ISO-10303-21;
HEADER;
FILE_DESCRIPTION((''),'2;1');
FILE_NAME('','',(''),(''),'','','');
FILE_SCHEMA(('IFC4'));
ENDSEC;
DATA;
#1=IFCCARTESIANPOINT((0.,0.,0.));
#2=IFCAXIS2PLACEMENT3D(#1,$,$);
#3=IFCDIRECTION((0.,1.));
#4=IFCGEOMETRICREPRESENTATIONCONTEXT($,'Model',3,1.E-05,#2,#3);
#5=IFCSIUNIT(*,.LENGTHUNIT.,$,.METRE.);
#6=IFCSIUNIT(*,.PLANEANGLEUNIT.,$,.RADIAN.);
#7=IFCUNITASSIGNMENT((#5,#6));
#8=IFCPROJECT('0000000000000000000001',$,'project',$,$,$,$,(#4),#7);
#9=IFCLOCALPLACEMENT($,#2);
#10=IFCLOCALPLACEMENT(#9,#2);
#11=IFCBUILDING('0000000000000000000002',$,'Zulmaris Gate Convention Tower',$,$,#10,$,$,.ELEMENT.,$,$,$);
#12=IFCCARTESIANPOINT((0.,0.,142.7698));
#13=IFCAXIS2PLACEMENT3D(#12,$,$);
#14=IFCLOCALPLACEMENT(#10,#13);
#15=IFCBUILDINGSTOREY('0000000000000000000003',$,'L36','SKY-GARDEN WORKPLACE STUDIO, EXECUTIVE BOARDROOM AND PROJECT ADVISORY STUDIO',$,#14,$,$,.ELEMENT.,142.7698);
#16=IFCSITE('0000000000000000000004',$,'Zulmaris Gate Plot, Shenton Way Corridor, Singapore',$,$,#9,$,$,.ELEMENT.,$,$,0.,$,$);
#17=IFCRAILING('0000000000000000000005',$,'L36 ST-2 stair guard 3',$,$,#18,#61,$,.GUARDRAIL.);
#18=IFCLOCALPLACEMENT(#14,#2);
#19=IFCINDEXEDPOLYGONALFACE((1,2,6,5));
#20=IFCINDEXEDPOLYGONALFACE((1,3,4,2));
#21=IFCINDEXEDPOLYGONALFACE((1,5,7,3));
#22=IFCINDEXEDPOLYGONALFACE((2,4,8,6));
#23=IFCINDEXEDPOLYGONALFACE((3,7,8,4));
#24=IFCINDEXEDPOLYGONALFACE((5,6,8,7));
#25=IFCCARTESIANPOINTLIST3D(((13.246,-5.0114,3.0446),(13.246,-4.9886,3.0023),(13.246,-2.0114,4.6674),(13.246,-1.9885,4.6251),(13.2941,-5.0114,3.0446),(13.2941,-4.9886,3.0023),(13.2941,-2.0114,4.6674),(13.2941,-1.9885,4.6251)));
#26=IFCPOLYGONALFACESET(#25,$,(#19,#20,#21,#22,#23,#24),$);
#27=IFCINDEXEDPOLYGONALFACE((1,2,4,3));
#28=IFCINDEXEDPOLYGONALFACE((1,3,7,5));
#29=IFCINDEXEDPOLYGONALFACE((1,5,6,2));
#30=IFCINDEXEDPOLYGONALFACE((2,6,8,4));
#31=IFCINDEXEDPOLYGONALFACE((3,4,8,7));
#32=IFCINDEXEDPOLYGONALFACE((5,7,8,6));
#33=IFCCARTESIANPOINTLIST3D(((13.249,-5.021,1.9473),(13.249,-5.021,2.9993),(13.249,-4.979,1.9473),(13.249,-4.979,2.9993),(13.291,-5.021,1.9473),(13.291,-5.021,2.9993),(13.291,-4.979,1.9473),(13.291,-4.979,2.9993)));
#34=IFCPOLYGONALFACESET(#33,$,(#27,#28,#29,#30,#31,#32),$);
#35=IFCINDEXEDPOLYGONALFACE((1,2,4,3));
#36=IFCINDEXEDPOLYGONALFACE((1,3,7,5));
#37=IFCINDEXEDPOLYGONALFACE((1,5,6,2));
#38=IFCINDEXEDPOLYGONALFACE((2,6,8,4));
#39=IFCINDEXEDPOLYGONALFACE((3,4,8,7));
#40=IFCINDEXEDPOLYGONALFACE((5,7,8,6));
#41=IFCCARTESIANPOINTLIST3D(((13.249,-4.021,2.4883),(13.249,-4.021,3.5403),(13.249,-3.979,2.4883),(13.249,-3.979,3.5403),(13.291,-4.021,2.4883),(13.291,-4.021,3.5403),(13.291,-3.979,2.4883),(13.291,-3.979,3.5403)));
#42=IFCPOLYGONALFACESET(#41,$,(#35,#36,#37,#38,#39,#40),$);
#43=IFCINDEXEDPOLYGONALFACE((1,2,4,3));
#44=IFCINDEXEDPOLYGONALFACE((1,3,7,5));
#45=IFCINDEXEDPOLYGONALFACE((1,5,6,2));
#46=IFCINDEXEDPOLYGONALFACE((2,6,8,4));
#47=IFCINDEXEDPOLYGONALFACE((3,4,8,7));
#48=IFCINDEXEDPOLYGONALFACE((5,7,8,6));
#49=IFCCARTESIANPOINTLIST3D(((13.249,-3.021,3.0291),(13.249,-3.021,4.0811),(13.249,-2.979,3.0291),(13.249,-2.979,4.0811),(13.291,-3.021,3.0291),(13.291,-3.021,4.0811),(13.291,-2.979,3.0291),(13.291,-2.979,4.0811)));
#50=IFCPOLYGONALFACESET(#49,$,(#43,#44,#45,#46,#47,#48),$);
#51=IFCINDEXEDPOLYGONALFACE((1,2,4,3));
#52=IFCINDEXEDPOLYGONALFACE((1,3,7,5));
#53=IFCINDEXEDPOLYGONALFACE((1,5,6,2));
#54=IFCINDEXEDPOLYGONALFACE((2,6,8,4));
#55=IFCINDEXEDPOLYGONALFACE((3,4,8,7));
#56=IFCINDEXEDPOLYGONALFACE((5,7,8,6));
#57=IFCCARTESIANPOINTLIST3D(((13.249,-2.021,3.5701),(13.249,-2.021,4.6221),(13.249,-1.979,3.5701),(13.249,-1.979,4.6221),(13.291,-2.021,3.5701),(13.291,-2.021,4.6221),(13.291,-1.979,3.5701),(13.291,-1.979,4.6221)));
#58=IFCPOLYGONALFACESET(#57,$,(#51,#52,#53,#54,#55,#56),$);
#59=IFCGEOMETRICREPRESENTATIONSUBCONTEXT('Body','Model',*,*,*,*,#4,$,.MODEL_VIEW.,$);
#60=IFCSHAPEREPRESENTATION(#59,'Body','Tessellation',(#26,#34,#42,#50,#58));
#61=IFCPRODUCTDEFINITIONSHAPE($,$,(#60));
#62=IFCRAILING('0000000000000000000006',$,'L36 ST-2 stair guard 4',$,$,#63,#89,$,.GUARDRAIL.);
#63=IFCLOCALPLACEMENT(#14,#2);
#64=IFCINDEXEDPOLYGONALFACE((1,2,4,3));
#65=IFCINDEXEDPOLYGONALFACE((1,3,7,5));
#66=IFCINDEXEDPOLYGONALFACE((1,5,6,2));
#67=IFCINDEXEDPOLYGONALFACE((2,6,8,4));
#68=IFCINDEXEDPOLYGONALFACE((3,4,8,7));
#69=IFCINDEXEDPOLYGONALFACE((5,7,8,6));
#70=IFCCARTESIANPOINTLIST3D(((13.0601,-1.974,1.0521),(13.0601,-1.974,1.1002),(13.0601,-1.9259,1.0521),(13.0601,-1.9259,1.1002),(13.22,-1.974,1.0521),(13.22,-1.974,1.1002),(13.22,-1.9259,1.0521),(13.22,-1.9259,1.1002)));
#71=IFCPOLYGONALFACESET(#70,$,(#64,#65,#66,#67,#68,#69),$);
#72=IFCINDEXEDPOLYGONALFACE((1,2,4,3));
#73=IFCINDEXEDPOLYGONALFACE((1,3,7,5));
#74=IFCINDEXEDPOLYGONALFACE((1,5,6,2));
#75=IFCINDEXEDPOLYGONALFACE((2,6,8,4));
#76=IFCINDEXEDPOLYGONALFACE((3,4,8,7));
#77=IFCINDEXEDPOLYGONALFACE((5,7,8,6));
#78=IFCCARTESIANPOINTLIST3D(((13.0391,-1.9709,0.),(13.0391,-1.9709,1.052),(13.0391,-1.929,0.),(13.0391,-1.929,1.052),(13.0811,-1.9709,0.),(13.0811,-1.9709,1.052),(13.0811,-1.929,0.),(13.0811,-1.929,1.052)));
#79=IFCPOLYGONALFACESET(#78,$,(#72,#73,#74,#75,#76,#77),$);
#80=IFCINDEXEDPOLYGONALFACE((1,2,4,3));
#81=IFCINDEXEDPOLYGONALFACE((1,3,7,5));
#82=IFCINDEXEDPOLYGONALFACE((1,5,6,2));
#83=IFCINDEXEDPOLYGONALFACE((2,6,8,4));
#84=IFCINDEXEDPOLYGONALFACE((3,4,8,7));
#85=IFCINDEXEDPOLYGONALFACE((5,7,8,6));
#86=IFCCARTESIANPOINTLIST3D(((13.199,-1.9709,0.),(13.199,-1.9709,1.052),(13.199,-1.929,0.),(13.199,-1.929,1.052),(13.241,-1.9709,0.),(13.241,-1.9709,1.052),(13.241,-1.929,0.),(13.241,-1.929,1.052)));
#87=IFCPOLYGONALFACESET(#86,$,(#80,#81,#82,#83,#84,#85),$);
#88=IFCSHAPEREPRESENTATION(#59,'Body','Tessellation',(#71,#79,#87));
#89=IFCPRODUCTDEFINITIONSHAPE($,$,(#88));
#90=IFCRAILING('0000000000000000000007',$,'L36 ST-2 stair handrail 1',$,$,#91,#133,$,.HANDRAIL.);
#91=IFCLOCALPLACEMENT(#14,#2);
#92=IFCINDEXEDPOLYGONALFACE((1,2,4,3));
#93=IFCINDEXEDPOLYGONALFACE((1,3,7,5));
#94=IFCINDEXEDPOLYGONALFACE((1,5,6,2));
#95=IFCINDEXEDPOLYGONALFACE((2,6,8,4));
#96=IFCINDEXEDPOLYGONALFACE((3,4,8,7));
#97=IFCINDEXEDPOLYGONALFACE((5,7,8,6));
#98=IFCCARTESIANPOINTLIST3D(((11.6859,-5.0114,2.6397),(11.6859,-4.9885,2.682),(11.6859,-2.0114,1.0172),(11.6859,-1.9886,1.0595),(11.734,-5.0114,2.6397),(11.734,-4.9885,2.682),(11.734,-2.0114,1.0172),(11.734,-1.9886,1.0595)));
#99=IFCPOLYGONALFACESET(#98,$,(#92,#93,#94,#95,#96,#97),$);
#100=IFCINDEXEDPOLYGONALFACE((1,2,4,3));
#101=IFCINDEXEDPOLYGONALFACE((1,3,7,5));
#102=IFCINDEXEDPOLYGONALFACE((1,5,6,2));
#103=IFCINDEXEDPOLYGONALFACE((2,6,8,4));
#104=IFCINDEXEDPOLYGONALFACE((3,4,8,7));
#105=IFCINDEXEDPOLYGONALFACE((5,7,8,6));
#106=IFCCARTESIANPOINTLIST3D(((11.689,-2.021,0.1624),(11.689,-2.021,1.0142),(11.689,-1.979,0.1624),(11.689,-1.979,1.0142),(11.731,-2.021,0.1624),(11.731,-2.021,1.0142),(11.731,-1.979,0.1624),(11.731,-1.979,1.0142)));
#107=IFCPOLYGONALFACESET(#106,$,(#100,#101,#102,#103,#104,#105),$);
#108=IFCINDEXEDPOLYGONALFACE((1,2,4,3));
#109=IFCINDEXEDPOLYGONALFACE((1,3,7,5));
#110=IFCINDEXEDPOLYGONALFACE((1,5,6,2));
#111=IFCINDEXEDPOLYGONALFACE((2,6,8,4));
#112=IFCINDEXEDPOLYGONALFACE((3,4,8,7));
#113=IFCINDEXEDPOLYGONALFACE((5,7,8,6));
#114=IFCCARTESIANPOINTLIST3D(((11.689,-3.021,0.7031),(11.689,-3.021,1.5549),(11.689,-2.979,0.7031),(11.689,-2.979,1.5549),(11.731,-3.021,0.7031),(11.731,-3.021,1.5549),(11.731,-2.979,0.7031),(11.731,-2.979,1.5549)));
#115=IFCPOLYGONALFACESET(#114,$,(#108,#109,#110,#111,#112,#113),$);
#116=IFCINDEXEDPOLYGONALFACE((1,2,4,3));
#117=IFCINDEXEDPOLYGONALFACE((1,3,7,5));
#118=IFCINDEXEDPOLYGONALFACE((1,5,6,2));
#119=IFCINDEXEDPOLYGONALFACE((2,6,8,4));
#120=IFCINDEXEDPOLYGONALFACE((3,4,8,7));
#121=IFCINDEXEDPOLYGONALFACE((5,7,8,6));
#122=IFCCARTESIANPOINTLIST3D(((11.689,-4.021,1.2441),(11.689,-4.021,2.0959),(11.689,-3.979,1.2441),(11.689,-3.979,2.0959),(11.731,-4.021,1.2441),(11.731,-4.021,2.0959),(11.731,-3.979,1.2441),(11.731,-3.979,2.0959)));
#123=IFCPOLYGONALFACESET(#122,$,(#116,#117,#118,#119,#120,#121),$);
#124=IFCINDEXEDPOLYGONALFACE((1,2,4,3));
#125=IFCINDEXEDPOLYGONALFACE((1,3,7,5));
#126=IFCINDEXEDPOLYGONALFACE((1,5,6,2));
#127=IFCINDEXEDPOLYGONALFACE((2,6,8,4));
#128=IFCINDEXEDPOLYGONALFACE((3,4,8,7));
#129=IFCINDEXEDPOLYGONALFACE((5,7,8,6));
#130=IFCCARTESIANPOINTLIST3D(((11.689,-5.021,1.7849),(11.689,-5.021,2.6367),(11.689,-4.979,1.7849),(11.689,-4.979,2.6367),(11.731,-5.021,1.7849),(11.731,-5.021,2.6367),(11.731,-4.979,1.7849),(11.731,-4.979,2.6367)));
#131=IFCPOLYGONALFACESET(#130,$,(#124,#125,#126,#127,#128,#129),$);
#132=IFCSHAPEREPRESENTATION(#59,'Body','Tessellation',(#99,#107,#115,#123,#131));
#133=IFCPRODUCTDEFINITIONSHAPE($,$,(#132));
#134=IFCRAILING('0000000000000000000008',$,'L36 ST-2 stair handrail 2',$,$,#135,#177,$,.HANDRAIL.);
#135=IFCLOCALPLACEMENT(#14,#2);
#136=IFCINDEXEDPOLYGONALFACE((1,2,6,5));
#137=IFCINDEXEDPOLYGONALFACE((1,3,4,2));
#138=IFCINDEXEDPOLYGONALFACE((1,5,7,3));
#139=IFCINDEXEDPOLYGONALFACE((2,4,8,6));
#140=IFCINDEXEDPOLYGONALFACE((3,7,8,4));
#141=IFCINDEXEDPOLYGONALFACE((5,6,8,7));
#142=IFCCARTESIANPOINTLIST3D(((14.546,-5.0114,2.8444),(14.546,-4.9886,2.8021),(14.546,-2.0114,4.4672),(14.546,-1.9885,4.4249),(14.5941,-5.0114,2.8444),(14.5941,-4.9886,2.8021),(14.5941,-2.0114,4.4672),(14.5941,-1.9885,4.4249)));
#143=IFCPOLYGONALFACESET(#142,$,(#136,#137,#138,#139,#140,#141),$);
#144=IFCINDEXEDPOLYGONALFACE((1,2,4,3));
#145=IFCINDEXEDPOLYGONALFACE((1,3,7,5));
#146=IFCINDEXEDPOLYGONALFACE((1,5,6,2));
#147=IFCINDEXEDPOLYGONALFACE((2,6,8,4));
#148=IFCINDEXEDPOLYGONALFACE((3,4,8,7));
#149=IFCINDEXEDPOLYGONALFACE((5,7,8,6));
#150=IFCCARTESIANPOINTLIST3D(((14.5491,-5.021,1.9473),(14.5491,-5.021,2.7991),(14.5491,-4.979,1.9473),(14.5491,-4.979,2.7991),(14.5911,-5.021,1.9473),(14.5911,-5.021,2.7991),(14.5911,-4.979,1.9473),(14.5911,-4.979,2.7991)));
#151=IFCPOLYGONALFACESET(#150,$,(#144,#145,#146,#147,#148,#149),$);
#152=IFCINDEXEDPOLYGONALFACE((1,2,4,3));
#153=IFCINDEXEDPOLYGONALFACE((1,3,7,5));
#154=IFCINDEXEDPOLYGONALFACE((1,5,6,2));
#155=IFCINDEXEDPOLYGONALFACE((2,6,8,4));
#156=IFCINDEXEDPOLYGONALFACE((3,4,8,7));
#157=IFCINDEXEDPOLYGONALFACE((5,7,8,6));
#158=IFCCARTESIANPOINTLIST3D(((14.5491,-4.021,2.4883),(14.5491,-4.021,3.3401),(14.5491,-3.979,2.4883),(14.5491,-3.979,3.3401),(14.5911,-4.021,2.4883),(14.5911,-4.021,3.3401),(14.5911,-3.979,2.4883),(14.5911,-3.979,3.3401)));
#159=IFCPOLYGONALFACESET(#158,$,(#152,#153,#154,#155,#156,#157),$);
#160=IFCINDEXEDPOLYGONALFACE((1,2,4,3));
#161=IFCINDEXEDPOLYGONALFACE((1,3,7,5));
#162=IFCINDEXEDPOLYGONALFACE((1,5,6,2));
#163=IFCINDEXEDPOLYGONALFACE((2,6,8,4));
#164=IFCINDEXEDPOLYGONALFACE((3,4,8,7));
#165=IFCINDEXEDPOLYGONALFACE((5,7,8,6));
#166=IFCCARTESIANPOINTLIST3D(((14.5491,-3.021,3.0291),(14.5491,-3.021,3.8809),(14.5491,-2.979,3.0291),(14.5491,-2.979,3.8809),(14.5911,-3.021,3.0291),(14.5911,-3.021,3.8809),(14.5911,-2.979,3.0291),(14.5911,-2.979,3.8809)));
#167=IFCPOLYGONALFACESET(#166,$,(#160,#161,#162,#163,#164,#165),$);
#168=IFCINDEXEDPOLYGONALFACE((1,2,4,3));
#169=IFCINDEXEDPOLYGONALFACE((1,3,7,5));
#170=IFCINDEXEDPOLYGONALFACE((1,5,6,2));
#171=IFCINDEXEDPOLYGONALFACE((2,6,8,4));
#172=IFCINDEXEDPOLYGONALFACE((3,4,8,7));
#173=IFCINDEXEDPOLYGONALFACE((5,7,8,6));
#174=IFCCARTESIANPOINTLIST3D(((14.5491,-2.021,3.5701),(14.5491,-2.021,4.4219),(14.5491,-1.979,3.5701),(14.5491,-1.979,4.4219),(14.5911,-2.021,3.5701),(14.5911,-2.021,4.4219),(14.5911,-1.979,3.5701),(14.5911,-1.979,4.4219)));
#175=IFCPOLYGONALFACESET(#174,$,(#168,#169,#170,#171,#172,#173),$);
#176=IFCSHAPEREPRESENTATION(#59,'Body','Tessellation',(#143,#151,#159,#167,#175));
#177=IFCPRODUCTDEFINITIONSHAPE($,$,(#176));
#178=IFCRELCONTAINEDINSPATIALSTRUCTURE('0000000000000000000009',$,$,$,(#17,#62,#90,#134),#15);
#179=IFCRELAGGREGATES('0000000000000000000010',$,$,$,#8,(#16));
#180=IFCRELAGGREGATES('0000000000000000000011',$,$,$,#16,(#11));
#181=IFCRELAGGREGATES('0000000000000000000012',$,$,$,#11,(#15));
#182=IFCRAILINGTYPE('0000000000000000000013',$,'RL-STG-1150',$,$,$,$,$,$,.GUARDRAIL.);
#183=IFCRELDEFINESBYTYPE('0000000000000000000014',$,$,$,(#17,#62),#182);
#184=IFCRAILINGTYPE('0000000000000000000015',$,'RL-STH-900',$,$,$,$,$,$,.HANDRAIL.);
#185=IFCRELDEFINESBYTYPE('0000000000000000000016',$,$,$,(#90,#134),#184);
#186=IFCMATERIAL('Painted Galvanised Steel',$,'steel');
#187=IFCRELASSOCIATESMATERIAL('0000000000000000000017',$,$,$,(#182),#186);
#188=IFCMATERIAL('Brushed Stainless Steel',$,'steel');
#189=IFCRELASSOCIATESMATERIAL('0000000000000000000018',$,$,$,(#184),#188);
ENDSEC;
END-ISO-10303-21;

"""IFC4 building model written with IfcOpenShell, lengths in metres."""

from ifc_helpers import new_model, si_unit, direction, frame, origin, origin_2d, place, context, subcontext, project, spatial, rectangle, extrude, material, type_object, element, save


model = new_model("IFC4")

# Units and contexts
model_context = context("Model", 3, precision=1e-05, world=origin(), true_north=direction((0.0, 1.0)))
body_context = subcontext(model_context, "Body", "Model", "MODEL_VIEW")
ifc_project = project(units=[si_unit("LENGTHUNIT", "METRE"), si_unit("PLANEANGLEUNIT", "RADIAN")], contexts=[model_context])

# Site, building, storey
site_placement = place(None, origin())
site = spatial("IfcSite", under=ifc_project, at=site_placement, Name="Zulmaris Gate Plot, Shenton Way Corridor, Singapore", CompositionType="ELEMENT", RefElevation=0.0)
building_placement = place(site_placement, origin())
building = spatial("IfcBuilding", under=site, at=building_placement, Name="Zulmaris Gate Convention Tower", CompositionType="ELEMENT")
storey_placement = place(building_placement, frame((0.0, 0.0, 142.7698)))
storey = spatial("IfcBuildingStorey", under=building, at=storey_placement, Name="L36", Description="SKY-GARDEN WORKPLACE STUDIO, EXECUTIVE BOARDROOM AND PROJECT ADVISORY STUDIO", CompositionType="ELEMENT", Elevation=142.7698)

# Railings
ifc_material_1 = material(Name="Painted Galvanised Steel", Category="steel")
railing_type_1 = type_object("IfcRailingType", Name="RL-STG-1150", PredefinedType="GUARDRAIL", material=ifc_material_1)
railing_1_placement = place(storey_placement, frame((13.27, -5.0, 1.9473)))
element("IfcRailing", 1, at=railing_1_placement, inside=storey, type_object=railing_type_1, Name="L36 ST-2 stair guard 3", PredefinedType="GUARDRAIL", context=body_context, shape_type="SweptSolid", body=[
    extrude(rectangle(XDim=0.0481, YDim=0.0481, at=origin_2d()), frame((0.0, 0.0, 1.0762), z_axis=(0.0, 0.879562, 0.475785), x_axis=(-1.0, 0.0, 0.0)), (0.0, 0.0, 1.0), 3.4109),
    extrude(rectangle(XDim=0.042, YDim=0.042, at=origin_2d()), origin(), (0.0, 0.0, 1.0), 1.052),
    extrude(rectangle(XDim=0.042, YDim=0.042, at=origin_2d()), frame((0.0, 1.0, 0.541)), (0.0, 0.0, 1.0), 1.052),
    extrude(rectangle(XDim=0.042, YDim=0.042, at=origin_2d()), frame((0.0, 2.0, 1.0818)), (0.0, 0.0, 1.0), 1.052),
    extrude(rectangle(XDim=0.042, YDim=0.042, at=origin_2d()), frame((0.0, 3.0, 1.6228)), (0.0, 0.0, 1.0), 1.052),
])
railing_2_placement = place(storey_placement, frame((13.0601, -1.95, 0.0)))
element("IfcRailing", 2, at=railing_2_placement, inside=storey, type_object=railing_type_1, Name="L36 ST-2 stair guard 4", PredefinedType="GUARDRAIL", context=body_context, shape_type="SweptSolid", body=[
    extrude(rectangle(XDim=0.0481, YDim=0.0481, at=origin_2d()), frame((0.0, 0.0, 1.0762), z_axis=(1.0, 0.0, 0.0), x_axis=(0.0, 1.0, 0.0)), (0.0, 0.0, 1.0), 0.1599),
    extrude(rectangle(XDim=0.042, YDim=0.042, at=origin_2d()), origin(), (0.0, 0.0, 1.0), 1.052),
    extrude(rectangle(XDim=0.042, YDim=0.042, at=origin_2d()), frame((0.1599, 0.0, 0.0)), (0.0, 0.0, 1.0), 1.052),
])
ifc_material_2 = material(Name="Brushed Stainless Steel", Category="steel")
railing_type_2 = type_object("IfcRailingType", Name="RL-STH-900", PredefinedType="HANDRAIL", material=ifc_material_2)
railing_3_placement = place(storey_placement, frame((11.71, -2.0, 0.1624)))
element("IfcRailing", 3, at=railing_3_placement, inside=storey, type_object=railing_type_2, Name="L36 ST-2 stair handrail 1", PredefinedType="HANDRAIL", context=body_context, shape_type="SweptSolid", body=[
    extrude(rectangle(XDim=0.0481, YDim=0.0481, at=origin_2d()), frame((0.0, 0.0, 0.876), z_axis=(0.0, -0.879592, 0.47573), x_axis=(1.0, 0.0, 0.0)), (0.0, 0.0, 1.0), 3.4106),
    extrude(rectangle(XDim=0.042, YDim=0.042, at=origin_2d()), origin(), (0.0, 0.0, 1.0), 0.8518),
    extrude(rectangle(XDim=0.042, YDim=0.042, at=origin_2d()), frame((0.0, -1.0, 0.5408)), (0.0, 0.0, 1.0), 0.8518),
    extrude(rectangle(XDim=0.042, YDim=0.042, at=origin_2d()), frame((0.0, -2.0, 1.0818)), (0.0, 0.0, 1.0), 0.8518),
    extrude(rectangle(XDim=0.042, YDim=0.042, at=origin_2d()), frame((0.0, -3.0, 1.6226)), (0.0, 0.0, 1.0), 0.8518),
])
railing_4_placement = place(storey_placement, frame((14.5701, -5.0, 1.9473)))
element("IfcRailing", 4, at=railing_4_placement, inside=storey, type_object=railing_type_2, Name="L36 ST-2 stair handrail 2", PredefinedType="HANDRAIL", context=body_context, shape_type="SweptSolid", body=[
    extrude(rectangle(XDim=0.0481, YDim=0.0481, at=origin_2d()), frame((0.0, 0.0, 0.876), z_axis=(0.0, 0.879562, 0.475785), x_axis=(-1.0, 0.0, 0.0)), (0.0, 0.0, 1.0), 3.4109),
    extrude(rectangle(XDim=0.042, YDim=0.042, at=origin_2d()), origin(), (0.0, 0.0, 1.0), 0.8518),
    extrude(rectangle(XDim=0.042, YDim=0.042, at=origin_2d()), frame((0.0, 1.0, 0.541)), (0.0, 0.0, 1.0), 0.8518),
    extrude(rectangle(XDim=0.042, YDim=0.042, at=origin_2d()), frame((0.0, 2.0, 1.0818)), (0.0, 0.0, 1.0), 0.8518),
    extrude(rectangle(XDim=0.042, YDim=0.042, at=origin_2d()), frame((0.0, 3.0, 1.6228)), (0.0, 0.0, 1.0), 0.8518),
])

save(model, "model.ifc")
